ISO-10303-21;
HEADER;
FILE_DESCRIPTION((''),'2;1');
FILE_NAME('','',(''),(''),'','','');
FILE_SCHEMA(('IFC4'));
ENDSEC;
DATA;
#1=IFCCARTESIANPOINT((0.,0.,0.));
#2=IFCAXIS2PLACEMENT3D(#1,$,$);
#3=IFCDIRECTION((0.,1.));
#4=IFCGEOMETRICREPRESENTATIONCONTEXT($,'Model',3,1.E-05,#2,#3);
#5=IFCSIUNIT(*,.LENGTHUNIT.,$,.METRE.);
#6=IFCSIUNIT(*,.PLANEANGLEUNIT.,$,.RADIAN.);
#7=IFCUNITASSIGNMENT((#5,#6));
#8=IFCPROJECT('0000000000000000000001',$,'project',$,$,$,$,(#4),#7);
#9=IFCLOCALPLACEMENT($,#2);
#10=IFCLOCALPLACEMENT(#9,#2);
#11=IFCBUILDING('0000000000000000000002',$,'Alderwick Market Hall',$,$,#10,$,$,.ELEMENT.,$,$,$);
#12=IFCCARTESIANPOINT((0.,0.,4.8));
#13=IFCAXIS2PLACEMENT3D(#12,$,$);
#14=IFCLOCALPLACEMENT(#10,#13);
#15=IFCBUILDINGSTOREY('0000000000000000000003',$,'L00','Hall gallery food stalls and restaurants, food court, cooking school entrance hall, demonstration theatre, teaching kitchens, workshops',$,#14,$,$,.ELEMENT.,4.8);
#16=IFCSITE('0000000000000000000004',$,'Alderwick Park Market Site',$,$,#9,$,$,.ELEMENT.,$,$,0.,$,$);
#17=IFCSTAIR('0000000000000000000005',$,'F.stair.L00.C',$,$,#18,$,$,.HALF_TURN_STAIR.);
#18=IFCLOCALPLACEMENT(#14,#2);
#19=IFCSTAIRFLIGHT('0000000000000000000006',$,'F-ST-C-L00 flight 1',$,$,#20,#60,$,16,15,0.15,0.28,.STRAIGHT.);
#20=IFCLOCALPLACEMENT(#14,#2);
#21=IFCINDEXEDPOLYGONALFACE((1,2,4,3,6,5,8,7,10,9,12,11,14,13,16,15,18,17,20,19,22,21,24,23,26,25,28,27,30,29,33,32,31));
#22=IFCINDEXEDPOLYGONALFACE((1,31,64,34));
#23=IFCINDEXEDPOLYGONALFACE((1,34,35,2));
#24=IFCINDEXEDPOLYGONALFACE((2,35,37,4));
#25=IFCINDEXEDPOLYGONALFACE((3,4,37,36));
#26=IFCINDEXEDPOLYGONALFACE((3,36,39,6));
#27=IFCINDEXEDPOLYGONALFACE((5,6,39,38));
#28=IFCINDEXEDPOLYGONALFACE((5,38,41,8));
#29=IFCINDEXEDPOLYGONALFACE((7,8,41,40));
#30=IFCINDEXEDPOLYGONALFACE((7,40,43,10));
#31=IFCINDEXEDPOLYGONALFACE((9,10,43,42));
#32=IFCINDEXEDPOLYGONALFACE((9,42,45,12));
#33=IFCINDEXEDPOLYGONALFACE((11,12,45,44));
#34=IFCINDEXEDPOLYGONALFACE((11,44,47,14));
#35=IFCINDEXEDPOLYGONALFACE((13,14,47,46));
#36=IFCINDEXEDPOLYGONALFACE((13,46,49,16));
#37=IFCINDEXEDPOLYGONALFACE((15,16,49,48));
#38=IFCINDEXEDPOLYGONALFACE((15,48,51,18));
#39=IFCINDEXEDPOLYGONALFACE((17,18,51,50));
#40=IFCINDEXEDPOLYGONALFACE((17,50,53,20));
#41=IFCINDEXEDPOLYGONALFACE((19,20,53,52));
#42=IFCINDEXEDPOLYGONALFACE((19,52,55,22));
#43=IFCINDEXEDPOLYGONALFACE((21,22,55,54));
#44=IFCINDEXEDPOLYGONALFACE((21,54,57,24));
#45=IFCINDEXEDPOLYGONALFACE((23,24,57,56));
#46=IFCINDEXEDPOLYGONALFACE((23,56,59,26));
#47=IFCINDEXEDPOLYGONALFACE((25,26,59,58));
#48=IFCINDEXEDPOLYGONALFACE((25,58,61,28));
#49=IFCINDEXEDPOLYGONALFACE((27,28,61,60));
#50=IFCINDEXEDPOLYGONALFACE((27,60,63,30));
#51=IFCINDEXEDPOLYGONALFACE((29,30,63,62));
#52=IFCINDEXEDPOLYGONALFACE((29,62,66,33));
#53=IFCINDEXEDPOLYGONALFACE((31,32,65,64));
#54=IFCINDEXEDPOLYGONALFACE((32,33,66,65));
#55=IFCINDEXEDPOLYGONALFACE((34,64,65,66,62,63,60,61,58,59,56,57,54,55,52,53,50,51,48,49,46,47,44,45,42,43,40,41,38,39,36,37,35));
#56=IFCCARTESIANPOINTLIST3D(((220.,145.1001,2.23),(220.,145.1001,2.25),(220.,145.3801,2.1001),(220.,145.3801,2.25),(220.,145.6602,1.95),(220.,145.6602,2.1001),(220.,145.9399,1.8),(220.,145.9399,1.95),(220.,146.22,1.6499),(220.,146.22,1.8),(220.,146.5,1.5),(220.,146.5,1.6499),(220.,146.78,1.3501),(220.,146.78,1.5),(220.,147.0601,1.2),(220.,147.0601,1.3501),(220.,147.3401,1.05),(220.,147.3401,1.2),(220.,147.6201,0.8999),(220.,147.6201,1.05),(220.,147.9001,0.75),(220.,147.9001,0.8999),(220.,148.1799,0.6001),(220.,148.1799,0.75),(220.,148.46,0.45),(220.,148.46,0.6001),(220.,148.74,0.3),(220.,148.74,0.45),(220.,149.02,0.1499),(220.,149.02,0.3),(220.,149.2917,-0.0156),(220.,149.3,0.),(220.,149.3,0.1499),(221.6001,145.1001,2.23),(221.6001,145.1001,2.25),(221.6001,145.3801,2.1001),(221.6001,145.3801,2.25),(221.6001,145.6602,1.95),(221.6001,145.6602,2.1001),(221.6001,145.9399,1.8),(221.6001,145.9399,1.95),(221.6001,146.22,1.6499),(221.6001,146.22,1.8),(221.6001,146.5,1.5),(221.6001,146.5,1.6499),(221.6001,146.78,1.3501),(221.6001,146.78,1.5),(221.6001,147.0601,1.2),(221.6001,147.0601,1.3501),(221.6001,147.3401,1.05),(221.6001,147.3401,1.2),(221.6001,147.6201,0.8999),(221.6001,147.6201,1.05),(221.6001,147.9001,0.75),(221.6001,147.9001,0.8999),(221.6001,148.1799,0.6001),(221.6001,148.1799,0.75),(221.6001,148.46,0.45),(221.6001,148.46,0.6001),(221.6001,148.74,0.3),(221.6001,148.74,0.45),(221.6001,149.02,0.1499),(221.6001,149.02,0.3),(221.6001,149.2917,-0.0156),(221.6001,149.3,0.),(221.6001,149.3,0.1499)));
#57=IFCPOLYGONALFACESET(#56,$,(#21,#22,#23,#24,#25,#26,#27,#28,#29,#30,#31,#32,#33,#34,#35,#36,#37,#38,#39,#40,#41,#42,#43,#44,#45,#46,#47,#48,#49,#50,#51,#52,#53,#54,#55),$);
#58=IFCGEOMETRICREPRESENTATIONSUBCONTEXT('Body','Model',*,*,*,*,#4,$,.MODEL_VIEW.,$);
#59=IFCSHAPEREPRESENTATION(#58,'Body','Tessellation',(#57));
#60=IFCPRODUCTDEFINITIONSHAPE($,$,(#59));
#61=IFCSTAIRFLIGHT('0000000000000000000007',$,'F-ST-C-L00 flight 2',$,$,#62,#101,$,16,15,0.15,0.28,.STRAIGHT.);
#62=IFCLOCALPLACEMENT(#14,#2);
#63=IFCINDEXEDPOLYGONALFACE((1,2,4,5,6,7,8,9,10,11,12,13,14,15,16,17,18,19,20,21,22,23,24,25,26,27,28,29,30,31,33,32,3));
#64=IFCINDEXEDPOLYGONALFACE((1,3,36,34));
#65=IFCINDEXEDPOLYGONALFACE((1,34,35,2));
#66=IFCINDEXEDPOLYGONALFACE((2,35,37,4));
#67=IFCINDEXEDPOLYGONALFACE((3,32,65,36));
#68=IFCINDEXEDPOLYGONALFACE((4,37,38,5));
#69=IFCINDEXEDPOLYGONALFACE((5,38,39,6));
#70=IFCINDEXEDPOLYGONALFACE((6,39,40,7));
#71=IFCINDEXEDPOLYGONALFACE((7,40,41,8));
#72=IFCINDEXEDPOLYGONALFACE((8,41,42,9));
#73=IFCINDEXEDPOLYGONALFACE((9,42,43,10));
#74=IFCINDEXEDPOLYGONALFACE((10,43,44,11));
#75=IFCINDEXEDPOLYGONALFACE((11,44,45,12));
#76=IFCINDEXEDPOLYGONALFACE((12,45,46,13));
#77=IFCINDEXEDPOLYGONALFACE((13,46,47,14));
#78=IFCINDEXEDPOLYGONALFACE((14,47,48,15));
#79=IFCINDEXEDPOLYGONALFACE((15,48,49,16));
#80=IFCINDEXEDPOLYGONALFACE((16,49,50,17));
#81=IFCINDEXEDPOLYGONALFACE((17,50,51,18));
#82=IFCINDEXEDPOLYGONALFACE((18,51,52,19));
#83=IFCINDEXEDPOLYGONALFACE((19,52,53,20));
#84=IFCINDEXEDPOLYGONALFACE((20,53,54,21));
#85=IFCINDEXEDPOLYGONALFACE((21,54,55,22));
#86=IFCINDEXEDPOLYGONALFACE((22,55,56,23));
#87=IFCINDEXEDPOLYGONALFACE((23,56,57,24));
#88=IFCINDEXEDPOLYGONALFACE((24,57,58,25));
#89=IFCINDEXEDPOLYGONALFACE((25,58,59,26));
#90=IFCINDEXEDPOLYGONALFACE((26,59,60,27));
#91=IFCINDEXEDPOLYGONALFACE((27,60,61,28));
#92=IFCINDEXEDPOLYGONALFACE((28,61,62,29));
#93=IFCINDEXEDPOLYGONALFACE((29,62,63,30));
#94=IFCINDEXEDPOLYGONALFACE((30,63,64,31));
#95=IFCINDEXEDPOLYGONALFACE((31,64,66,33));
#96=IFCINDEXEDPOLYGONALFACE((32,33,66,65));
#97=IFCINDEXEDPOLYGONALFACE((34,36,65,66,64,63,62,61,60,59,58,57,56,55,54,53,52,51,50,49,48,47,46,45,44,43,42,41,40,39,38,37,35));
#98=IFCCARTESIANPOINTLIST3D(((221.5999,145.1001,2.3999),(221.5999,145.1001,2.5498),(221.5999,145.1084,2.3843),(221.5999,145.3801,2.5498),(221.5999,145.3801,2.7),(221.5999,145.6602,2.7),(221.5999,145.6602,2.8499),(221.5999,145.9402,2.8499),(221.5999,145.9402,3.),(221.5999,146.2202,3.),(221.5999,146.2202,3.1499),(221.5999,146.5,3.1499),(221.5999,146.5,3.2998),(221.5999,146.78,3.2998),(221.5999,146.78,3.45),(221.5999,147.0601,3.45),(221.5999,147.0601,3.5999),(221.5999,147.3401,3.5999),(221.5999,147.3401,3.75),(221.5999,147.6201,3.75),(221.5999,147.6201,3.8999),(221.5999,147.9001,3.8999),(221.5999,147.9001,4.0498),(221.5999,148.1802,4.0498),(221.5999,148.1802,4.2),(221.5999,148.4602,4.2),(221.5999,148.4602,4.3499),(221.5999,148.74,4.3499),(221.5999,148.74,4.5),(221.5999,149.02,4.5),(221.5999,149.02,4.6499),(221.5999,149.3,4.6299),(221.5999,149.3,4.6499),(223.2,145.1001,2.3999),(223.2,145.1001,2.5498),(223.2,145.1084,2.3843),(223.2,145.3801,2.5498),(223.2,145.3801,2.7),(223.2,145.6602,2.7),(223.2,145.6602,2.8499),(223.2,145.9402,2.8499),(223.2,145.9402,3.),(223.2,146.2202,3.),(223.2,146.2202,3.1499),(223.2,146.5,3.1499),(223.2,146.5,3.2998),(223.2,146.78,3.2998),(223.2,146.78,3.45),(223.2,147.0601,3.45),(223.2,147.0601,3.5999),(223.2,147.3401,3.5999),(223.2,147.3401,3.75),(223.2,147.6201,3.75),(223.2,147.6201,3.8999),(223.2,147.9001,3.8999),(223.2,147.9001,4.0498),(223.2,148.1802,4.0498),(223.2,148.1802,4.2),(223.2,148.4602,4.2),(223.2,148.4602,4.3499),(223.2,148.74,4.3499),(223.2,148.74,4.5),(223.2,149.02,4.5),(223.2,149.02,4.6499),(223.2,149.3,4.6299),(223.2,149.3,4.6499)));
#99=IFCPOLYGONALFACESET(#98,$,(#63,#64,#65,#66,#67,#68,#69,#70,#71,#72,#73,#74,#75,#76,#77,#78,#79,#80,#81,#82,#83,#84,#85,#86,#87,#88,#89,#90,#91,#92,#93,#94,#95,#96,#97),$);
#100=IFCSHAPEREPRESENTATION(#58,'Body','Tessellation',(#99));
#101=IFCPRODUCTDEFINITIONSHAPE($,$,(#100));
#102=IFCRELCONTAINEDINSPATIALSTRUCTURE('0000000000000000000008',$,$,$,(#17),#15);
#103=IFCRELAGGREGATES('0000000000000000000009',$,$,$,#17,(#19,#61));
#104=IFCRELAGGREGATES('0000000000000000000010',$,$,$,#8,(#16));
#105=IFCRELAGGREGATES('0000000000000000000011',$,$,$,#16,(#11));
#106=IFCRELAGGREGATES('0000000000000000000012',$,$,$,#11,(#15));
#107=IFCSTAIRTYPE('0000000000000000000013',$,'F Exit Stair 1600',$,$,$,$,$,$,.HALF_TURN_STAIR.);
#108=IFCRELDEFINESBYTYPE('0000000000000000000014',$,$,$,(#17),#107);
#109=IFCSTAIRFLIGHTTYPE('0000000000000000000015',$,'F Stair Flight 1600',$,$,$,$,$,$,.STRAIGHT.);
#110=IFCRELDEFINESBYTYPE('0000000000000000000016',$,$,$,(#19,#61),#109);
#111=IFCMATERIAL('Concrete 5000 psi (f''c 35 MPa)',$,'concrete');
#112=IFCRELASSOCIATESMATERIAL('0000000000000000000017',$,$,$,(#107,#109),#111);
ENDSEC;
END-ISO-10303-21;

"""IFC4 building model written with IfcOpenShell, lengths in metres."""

from ifc_helpers import new_model, si_unit, direction, frame, origin, place, context, subcontext, project, spatial, polyline, outline, extrude, material, type_object, element, aggregate, save


model = new_model("IFC4")

# Units and contexts
model_context = context("Model", 3, precision=1e-05, world=origin(), true_north=direction((0.0, 1.0)))
body_context = subcontext(model_context, "Body", "Model", "MODEL_VIEW")
ifc_project = project(units=[si_unit("LENGTHUNIT", "METRE"), si_unit("PLANEANGLEUNIT", "RADIAN")], contexts=[model_context])

# Site, building, storey
site_placement = place(None, origin())
site = spatial("IfcSite", under=ifc_project, at=site_placement, Name="Alderwick Park Market Site", CompositionType="ELEMENT", RefElevation=0.0)
building_placement = place(site_placement, origin())
building = spatial("IfcBuilding", under=site, at=building_placement, Name="Alderwick Market Hall", CompositionType="ELEMENT")
storey_placement = place(building_placement, frame((0.0, 0.0, 4.8)))
storey = spatial("IfcBuildingStorey", under=building, at=storey_placement, Name="L00", Description="Hall gallery food stalls and restaurants, food court, cooking school entrance hall, demonstration theatre, teaching kitchens, workshops", CompositionType="ELEMENT", Elevation=4.8)

# Shared definitions
ifc_material_1 = material(Name="Concrete 5000 psi (f'c 35 MPa)", Category="concrete")

# Stair, stair flights
stair_type = type_object("IfcStairType", Name="F Exit Stair 1600", PredefinedType="HALF_TURN_STAIR", material=ifc_material_1)
stair_placement = place(storey_placement, origin())
stair = element("IfcStair", 1, at=stair_placement, inside=storey, type_object=stair_type, Name="F.stair.L00.C", PredefinedType="HALF_TURN_STAIR")
stair_flight_type = type_object("IfcStairFlightType", Name="F Stair Flight 1600", PredefinedType="STRAIGHT", material=ifc_material_1)
stair_flight_1_placement = place(storey_placement, frame((220.8, 149.3, 0.0), z_axis=(0.0, 0.0, 1.0), x_axis=(0.0, -1.0, 0.0)))
stair_flight_1 = element("IfcStairFlight", 2, at=stair_flight_1_placement, type_object=stair_flight_type, Name="F-ST-C-L00 flight 1", NumberOfRisers=16, NumberOfTreads=15, PredefinedType="STRAIGHT", RiserHeight=0.15, TreadLength=0.28, context=body_context, shape_type="SweptSolid", body=[
    extrude(outline(polyline([(0.0083, -0.0156), (0.0, 0.0), (0.0, 0.1499), (0.28, 0.1499), (0.28, 0.3), (0.5601, 0.3), (0.5601, 0.45), (0.8401, 0.45), (0.8401, 0.6001), (1.1201, 0.6001), (1.1201, 0.75), (1.3999, 0.75), (1.3999, 0.8999), (1.6799, 0.8999), (1.6799, 1.05), (1.96, 1.05), (1.96, 1.2), (2.24, 1.2), (2.24, 1.3501), (2.52, 1.3501), (2.52, 1.5), (2.8, 1.5), (2.8, 1.6499), (3.0801, 1.6499), (3.0801, 1.8), (3.3601, 1.8), (3.3601, 1.95), (3.6399, 1.95), (3.6399, 2.1001), (3.9199, 2.1001), (3.9199, 2.25), (4.2, 2.25), (4.2, 2.23), (0.0083, -0.0156)])), frame((0.0, 0.8, 0.0), z_axis=(0.0, -1.0, 0.0), x_axis=(1.0, 0.0, 0.0)), (0.0, 0.0, 1.0), 1.6001),
])
stair_flight_2_placement = place(storey_placement, frame((222.3999, 145.1001, 2.3999), z_axis=(0.0, 0.0, 1.0), x_axis=(0.0, 1.0, 0.0)))
stair_flight_2 = element("IfcStairFlight", 3, at=stair_flight_2_placement, type_object=stair_flight_type, Name="F-ST-C-L00 flight 2", NumberOfRisers=16, NumberOfTreads=15, PredefinedType="STRAIGHT", RiserHeight=0.15, TreadLength=0.28, context=body_context, shape_type="SweptSolid", body=[
    extrude(outline(polyline([(0.0083, -0.0156), (0.0, 0.0), (0.0, 0.1499), (0.28, 0.1499), (0.28, 0.3), (0.5601, 0.3), (0.5601, 0.45), (0.8401, 0.45), (0.8401, 0.6001), (1.1201, 0.6001), (1.1201, 0.75), (1.3999, 0.75), (1.3999, 0.8999), (1.6799, 0.8999), (1.6799, 1.05), (1.96, 1.05), (1.96, 1.2), (2.24, 1.2), (2.24, 1.3501), (2.52, 1.3501), (2.52, 1.5), (2.8, 1.5), (2.8, 1.6499), (3.0801, 1.6499), (3.0801, 1.8), (3.3601, 1.8), (3.3601, 1.95), (3.6399, 1.95), (3.6399, 2.1001), (3.9199, 2.1001), (3.9199, 2.25), (4.2, 2.25), (4.2, 2.23), (0.0083, -0.0156)])), frame((0.0, 0.8, 0.0), z_axis=(0.0, -1.0, 0.0), x_axis=(1.0, 0.0, 0.0)), (0.0, 0.0, 1.0), 1.6001),
])
aggregate(stair, [stair_flight_1, stair_flight_2])

save(model, "model.ifc")
